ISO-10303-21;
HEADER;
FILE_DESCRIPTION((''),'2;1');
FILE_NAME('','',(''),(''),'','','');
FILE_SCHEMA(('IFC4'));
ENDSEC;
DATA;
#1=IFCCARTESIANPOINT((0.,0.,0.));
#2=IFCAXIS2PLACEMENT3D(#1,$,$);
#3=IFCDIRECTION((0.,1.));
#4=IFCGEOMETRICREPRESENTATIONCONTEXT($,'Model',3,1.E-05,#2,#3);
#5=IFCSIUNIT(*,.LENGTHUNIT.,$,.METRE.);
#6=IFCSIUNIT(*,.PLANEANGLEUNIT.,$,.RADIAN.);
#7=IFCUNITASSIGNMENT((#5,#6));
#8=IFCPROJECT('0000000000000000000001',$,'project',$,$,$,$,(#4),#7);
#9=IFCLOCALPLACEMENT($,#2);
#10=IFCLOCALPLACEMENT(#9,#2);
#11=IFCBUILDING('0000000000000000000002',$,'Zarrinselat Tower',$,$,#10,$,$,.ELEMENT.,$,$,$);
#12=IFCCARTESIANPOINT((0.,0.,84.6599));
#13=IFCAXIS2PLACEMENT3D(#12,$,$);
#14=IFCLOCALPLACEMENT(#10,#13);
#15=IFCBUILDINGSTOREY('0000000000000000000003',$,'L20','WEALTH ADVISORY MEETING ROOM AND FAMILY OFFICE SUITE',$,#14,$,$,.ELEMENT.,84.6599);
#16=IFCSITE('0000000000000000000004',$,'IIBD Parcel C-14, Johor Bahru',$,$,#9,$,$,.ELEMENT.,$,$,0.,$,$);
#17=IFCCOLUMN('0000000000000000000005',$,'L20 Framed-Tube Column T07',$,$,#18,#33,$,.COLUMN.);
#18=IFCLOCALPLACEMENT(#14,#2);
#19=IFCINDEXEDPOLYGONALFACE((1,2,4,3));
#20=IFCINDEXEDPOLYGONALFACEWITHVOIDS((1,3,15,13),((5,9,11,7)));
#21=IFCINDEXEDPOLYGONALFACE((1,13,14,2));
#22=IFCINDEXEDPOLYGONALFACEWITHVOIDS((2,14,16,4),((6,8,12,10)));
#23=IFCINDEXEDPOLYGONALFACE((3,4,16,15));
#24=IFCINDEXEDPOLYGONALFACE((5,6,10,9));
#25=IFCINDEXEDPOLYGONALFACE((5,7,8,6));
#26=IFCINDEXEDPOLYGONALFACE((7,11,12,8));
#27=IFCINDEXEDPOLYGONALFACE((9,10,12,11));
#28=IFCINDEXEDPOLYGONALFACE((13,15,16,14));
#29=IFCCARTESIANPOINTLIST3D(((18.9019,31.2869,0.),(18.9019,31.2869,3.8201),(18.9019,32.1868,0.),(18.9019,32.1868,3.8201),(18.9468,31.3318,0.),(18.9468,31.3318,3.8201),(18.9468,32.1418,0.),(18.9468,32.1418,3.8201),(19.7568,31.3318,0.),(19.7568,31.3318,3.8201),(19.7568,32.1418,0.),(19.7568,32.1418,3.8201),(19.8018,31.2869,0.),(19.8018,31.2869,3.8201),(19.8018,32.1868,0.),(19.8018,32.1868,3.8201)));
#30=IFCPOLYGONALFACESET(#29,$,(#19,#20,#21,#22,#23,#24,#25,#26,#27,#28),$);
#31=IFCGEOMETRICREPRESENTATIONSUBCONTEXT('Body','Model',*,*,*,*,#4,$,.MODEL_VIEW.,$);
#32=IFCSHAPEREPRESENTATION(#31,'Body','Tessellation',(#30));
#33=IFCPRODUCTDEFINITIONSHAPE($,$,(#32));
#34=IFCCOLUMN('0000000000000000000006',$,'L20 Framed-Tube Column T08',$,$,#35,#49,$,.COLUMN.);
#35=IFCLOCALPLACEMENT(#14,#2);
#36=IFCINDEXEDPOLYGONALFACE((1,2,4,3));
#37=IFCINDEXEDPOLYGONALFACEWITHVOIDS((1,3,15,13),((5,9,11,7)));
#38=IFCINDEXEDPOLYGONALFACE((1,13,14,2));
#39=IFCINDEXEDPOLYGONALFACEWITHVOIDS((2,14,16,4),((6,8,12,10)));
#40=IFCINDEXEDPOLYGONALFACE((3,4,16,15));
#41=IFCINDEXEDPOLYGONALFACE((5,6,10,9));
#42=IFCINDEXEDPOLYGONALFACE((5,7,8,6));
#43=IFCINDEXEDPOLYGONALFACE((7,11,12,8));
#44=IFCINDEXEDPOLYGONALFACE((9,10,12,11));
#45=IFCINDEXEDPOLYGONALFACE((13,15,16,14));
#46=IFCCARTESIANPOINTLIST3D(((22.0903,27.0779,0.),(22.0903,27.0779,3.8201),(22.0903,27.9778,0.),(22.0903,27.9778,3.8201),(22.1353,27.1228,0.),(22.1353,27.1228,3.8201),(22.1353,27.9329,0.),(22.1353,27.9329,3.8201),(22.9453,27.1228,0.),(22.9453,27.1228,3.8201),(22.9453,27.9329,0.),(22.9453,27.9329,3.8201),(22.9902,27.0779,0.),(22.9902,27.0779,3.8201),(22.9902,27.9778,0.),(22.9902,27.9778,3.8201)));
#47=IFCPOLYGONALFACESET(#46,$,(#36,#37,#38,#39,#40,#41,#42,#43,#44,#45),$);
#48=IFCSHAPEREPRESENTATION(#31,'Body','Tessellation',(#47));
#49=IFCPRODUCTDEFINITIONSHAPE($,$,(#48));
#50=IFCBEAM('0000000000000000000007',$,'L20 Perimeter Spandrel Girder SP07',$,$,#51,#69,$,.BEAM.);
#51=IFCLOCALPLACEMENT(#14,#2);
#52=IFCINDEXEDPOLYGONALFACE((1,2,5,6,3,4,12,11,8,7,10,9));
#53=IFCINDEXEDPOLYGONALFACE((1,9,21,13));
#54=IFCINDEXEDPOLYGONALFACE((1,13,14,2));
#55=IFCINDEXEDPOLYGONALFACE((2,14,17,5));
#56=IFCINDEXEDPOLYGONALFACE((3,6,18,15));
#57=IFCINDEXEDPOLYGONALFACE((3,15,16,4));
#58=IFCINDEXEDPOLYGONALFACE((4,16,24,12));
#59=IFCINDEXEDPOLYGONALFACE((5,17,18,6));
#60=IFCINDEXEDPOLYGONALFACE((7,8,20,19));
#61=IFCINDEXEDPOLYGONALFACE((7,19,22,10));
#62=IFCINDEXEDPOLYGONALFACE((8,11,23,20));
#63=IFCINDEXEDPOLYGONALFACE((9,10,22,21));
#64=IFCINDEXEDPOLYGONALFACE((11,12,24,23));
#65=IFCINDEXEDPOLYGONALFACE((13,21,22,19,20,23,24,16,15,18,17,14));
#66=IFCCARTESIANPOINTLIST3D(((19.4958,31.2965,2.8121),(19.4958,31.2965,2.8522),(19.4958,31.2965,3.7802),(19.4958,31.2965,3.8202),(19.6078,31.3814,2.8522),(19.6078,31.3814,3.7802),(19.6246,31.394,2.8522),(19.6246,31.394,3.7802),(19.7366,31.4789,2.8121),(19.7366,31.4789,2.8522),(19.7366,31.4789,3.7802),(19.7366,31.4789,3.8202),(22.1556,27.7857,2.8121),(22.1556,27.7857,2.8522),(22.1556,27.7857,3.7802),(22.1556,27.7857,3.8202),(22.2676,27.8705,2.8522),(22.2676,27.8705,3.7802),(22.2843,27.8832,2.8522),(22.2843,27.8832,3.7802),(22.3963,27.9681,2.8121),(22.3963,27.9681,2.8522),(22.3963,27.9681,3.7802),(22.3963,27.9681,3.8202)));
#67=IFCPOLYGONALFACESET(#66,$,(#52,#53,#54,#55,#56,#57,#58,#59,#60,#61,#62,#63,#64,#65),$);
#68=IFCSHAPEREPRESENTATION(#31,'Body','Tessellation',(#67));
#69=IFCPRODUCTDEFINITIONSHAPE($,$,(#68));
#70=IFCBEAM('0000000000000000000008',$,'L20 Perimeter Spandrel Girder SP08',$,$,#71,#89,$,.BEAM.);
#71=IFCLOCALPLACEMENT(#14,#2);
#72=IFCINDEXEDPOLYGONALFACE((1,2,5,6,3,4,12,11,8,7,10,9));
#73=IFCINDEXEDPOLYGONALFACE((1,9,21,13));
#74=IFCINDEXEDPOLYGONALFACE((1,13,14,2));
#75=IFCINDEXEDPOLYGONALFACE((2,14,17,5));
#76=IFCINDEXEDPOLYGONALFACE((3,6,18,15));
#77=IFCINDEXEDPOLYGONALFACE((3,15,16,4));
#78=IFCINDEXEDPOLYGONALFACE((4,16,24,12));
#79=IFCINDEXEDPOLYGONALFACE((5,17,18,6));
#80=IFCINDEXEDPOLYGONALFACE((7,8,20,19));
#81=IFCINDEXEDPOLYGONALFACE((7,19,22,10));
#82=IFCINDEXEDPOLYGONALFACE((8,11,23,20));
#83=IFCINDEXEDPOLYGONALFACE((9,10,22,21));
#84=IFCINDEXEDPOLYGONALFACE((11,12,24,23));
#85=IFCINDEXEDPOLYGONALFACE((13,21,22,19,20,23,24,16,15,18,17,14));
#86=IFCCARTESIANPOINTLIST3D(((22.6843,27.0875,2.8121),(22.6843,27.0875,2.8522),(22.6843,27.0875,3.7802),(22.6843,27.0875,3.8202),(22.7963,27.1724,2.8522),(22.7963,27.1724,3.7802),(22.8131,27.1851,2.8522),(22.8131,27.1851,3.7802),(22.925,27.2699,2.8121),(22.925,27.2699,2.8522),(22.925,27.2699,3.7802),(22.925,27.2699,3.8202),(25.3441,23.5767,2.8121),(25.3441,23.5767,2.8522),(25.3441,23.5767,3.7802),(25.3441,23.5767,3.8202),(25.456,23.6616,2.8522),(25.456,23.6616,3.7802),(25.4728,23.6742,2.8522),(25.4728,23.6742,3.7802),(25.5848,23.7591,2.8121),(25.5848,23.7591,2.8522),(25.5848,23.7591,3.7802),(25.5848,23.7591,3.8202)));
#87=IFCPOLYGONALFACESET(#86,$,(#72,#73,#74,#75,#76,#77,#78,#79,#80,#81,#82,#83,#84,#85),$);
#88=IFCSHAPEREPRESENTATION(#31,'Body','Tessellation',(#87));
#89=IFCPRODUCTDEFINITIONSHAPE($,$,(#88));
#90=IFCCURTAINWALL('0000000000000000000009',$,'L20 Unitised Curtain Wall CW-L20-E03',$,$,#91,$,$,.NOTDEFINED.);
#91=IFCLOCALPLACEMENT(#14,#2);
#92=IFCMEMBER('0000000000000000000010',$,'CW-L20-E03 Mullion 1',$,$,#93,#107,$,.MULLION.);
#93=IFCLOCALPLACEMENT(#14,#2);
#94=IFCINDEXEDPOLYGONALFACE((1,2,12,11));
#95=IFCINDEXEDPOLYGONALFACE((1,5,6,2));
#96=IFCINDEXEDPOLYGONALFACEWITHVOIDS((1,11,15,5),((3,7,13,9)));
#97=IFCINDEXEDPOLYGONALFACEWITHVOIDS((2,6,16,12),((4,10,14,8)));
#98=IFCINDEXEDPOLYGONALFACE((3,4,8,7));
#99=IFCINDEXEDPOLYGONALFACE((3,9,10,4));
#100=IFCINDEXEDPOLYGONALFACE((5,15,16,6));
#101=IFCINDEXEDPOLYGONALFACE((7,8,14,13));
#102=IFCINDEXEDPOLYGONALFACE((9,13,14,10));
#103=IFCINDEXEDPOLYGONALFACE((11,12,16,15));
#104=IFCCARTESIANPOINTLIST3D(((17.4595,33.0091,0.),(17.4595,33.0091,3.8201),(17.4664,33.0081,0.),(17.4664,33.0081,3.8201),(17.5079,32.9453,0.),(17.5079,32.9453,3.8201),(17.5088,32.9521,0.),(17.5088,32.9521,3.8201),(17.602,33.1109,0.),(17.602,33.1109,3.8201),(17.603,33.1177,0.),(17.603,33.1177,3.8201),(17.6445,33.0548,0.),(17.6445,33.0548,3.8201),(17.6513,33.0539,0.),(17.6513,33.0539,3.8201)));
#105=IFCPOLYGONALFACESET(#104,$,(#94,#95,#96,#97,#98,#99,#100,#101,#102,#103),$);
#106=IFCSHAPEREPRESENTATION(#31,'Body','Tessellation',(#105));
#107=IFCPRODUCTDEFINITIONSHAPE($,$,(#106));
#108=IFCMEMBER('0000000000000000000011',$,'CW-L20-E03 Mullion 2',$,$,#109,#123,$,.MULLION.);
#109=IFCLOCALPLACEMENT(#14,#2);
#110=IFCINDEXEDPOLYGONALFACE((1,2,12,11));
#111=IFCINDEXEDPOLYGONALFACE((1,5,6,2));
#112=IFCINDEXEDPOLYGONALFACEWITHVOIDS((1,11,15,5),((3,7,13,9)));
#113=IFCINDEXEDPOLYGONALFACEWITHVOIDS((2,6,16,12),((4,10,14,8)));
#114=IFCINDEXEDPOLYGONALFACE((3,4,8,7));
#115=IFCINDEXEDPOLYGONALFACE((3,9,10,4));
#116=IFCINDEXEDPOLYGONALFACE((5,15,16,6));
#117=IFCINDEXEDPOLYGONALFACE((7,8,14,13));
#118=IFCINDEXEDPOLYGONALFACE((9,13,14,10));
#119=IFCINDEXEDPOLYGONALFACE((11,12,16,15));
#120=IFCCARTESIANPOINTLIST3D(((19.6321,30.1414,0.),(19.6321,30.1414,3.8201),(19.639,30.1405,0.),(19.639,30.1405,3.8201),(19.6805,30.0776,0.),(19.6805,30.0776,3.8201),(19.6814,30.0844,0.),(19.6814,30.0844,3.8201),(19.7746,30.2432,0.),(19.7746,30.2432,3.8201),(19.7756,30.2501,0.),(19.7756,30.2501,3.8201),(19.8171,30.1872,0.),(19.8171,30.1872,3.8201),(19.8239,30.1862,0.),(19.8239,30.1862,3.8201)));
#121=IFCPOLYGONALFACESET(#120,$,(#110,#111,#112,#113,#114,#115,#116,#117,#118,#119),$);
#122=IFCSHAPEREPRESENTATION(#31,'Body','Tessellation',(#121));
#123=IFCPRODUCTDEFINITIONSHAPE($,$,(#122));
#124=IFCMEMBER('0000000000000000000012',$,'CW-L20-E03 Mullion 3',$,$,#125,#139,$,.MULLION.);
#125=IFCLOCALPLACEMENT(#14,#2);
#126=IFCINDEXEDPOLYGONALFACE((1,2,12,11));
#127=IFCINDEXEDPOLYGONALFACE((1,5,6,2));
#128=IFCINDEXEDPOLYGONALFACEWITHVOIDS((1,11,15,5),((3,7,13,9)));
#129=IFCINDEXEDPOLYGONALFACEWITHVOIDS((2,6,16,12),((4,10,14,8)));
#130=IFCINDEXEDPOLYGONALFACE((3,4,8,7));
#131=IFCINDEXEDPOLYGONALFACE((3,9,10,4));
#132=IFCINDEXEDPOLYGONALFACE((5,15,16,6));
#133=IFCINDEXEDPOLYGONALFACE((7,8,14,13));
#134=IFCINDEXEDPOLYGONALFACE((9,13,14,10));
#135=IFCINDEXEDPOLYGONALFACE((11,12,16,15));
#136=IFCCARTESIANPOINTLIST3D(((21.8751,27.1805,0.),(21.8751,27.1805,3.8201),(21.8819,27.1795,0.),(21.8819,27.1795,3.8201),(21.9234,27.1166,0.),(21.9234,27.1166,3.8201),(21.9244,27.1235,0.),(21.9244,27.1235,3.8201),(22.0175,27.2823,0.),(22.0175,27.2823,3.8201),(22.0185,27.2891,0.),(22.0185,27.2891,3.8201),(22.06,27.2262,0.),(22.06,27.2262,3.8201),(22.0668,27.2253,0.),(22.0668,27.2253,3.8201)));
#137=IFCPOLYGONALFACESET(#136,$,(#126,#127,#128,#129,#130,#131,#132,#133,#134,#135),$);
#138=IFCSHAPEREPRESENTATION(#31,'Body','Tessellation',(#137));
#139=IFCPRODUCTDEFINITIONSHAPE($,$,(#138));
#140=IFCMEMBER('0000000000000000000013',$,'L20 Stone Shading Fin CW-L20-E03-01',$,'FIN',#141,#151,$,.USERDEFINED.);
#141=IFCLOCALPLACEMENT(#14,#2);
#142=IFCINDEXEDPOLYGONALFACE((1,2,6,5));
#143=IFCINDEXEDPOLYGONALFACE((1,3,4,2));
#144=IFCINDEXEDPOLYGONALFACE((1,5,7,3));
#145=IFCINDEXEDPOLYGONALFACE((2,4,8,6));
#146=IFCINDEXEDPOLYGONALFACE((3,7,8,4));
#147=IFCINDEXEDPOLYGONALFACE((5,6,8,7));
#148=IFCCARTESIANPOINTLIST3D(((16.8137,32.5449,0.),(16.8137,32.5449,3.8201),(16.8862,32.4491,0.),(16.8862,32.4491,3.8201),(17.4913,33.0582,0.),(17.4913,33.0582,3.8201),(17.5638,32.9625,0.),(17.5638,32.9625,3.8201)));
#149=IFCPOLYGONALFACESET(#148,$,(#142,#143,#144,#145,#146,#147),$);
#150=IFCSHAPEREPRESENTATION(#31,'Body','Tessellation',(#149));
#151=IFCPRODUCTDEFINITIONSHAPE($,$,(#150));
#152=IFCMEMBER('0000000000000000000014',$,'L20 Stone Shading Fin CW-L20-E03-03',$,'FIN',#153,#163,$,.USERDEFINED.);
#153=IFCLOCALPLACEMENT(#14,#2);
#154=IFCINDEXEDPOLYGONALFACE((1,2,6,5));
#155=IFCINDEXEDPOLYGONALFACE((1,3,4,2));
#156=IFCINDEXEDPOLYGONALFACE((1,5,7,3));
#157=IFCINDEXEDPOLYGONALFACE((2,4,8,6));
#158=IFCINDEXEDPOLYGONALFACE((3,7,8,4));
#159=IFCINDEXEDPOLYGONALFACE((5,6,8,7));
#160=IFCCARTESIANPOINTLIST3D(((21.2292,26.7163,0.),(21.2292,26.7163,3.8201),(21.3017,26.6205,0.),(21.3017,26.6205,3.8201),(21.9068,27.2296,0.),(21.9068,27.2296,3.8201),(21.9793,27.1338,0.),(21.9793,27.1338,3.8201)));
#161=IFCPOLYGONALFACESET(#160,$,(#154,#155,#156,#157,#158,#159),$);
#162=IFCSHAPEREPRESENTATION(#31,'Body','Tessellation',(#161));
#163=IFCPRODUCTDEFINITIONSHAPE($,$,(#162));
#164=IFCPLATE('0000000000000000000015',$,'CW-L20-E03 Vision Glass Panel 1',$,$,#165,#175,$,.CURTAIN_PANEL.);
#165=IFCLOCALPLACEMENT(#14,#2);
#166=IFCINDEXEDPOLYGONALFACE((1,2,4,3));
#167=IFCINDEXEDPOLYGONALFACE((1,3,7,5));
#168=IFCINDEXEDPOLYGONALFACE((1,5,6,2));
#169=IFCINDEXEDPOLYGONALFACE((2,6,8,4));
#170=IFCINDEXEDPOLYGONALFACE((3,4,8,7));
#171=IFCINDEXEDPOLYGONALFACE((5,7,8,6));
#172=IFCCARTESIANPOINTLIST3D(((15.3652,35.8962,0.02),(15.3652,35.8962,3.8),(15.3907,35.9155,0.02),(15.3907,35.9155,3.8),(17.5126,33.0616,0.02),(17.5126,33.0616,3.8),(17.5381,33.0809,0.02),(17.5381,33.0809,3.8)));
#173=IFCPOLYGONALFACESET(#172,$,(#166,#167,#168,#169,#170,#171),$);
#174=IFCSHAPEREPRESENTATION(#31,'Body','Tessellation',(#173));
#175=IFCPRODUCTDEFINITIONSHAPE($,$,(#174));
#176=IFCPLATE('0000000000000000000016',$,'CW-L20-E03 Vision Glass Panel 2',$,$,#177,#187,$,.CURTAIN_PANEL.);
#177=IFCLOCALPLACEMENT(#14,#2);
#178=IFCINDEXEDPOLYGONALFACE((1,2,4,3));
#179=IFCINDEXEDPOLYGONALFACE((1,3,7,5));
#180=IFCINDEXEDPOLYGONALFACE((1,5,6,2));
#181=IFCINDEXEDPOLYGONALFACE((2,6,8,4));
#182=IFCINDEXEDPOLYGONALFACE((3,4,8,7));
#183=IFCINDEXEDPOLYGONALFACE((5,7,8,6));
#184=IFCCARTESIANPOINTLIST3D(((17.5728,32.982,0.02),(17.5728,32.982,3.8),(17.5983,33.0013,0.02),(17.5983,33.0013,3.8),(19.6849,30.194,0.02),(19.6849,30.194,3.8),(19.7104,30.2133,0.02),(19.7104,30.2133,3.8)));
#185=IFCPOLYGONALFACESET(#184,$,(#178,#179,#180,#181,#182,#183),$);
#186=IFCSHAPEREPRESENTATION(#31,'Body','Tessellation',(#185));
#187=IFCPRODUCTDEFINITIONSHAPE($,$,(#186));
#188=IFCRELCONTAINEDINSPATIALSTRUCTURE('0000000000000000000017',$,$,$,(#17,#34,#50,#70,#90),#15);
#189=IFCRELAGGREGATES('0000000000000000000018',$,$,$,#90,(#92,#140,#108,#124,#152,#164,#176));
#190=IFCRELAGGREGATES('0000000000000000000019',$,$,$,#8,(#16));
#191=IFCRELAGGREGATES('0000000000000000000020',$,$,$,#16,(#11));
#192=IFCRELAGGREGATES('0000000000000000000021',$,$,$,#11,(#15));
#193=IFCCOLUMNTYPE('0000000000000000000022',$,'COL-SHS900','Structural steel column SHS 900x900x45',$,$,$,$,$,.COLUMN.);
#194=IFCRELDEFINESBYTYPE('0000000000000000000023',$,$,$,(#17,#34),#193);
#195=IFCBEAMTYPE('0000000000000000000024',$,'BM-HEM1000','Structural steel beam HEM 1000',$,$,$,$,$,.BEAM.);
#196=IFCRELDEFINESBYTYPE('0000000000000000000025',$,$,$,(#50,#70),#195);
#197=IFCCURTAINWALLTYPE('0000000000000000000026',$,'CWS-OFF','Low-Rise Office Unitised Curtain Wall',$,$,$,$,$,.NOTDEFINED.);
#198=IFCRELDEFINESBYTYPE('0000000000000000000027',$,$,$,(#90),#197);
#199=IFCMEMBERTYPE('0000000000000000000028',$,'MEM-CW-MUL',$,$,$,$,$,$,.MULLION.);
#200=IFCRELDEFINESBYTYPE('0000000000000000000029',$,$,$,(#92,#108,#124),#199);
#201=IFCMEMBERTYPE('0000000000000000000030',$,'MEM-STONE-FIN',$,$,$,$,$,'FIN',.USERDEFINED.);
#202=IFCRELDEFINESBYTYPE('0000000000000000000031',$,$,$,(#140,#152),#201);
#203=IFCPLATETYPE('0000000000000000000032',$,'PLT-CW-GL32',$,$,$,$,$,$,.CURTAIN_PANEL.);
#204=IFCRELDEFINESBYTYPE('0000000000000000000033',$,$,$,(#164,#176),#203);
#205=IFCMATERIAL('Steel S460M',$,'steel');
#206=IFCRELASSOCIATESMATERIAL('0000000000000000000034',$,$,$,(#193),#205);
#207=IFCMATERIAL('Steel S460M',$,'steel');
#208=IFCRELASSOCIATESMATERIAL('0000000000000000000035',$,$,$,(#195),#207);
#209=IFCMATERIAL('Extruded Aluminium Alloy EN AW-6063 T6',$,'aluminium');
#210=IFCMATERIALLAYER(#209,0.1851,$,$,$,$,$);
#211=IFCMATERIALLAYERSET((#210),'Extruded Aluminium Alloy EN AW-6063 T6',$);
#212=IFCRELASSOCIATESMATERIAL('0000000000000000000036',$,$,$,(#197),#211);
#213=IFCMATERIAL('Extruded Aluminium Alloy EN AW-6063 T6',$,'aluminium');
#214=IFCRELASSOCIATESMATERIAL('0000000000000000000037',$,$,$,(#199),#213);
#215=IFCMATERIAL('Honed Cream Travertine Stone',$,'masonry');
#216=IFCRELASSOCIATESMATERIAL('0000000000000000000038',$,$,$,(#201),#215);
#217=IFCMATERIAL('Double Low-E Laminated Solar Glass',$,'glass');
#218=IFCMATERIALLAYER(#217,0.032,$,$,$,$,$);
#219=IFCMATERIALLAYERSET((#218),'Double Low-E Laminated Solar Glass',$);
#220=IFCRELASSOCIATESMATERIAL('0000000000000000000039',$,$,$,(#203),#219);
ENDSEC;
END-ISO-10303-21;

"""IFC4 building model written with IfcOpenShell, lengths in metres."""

from ifc_helpers import new_model, si_unit, direction, frame, origin, origin_2d, place, context, subcontext, project, spatial, rectangle, hollow_rectangle, i_section, extrude, material, layer, layer_set, material_profile, profile_set, type_object, element, aggregate, save


model = new_model("IFC4")

# Units and contexts
model_context = context("Model", 3, precision=1e-05, world=origin(), true_north=direction((0.0, 1.0)))
body_context = subcontext(model_context, "Body", "Model", "MODEL_VIEW")
ifc_project = project(units=[si_unit("LENGTHUNIT", "METRE"), si_unit("PLANEANGLEUNIT", "RADIAN")], contexts=[model_context])

# Site, building, storey
site_placement = place(None, origin())
site = spatial("IfcSite", under=ifc_project, at=site_placement, Name="IIBD Parcel C-14, Johor Bahru", CompositionType="ELEMENT", RefElevation=0.0)
building_placement = place(site_placement, origin())
building = spatial("IfcBuilding", under=site, at=building_placement, Name="Zarrinselat Tower", CompositionType="ELEMENT")
storey_placement = place(building_placement, frame((0.0, 0.0, 84.6599)))
storey = spatial("IfcBuildingStorey", under=building, at=storey_placement, Name="L20", Description="WEALTH ADVISORY MEETING ROOM AND FAMILY OFFICE SUITE", CompositionType="ELEMENT", Elevation=84.6599)

# Columns
ifc_material_1 = material(Name="Steel S460M", Category="steel")
ifc_material_profile_1 = material_profile(ifc_material_1, hollow_rectangle(XDim=0.8999, YDim=0.8999, WallThickness=0.0449, at=origin_2d()), Name="SHS 900x900x45")
ifc_profile_set_1 = profile_set([ifc_material_profile_1], Name="Steel S460M")
column_type = type_object("IfcColumnType", Name="COL-SHS900", Description="Structural steel column SHS 900x900x45", PredefinedType="COLUMN", material=ifc_profile_set_1)
for number, where, z_axis, x_axis, name in (
    (1, (19.3518, 31.7368, 0.0), (0.0, 0.0, 1.0), (1.0, 0.0, 0.0), "L20 Framed-Tube Column T07"),
    (2, (22.5403, 27.5278, 0.0), (0.0, 0.0, 1.0), (1.0, 0.0, 0.0), "L20 Framed-Tube Column T08"),
):
    element("IfcColumn", number, at=place(storey_placement, frame(where, z_axis=z_axis, x_axis=x_axis)), inside=storey, type_object=column_type, Name=name, PredefinedType="COLUMN", context=body_context, shape_type="SweptSolid", body=[
        extrude(hollow_rectangle(XDim=0.8999, YDim=0.8999, WallThickness=0.0449, at=origin_2d()), origin(), (0.0, 0.0, 1.0), 3.8201),
    ])

# Beams
ifc_material_2 = material(Name="Steel S460M", Category="steel")
ifc_material_profile_2 = material_profile(ifc_material_2, i_section(OverallWidth=0.302, OverallDepth=1.0081, WebThickness=0.021, FlangeThickness=0.04, at=origin_2d()), Name="HEM 1000")
ifc_profile_set_2 = profile_set([ifc_material_profile_2], Name="Steel S460M")
beam_type = type_object("IfcBeamType", Name="BM-HEM1000", Description="Structural steel beam HEM 1000", PredefinedType="BEAM", material=ifc_profile_set_2)
for number, where, z_axis, x_axis, name in (
    (3, (19.6162, 31.3877, 3.3162), (0.60386, -0.797091, 0.0), (0.797091, 0.60386, 0.0), "L20 Perimeter Spandrel Girder SP07"),
    (4, (22.8047, 27.1787, 3.3162), (0.60386, -0.797091, 0.0), (0.797091, 0.60386, 0.0), "L20 Perimeter Spandrel Girder SP08"),
):
    element("IfcBeam", number, at=place(storey_placement, frame(where, z_axis=z_axis, x_axis=x_axis)), inside=storey, type_object=beam_type, Name=name, PredefinedType="BEAM", context=body_context, shape_type="SweptSolid", body=[
        extrude(i_section(OverallWidth=0.302, OverallDepth=1.0081, WebThickness=0.021, FlangeThickness=0.04, at=origin_2d()), origin(), (0.0, 0.0, 1.0), 4.4045),
    ])

# Curtain wall, members, plates
ifc_material_3 = material(Name="Extruded Aluminium Alloy EN AW-6063 T6", Category="aluminium")
ifc_layer_1 = layer(ifc_material_3, 0.1851)
ifc_layer_set_1 = layer_set([ifc_layer_1], Name="Extruded Aluminium Alloy EN AW-6063 T6")
curtain_wall_type = type_object("IfcCurtainWallType", Name="CWS-OFF", Description="Low-Rise Office Unitised Curtain Wall", PredefinedType="NOTDEFINED", material=ifc_layer_set_1)
curtain_wall_placement = place(storey_placement, origin())
curtain_wall = element("IfcCurtainWall", 5, at=curtain_wall_placement, inside=storey, type_object=curtain_wall_type, Name="L20 Unitised Curtain Wall CW-L20-E03", PredefinedType="NOTDEFINED")
ifc_material_4 = material(Name="Extruded Aluminium Alloy EN AW-6063 T6", Category="aluminium")
ifc_material_profile_3 = material_profile(ifc_material_4, hollow_rectangle(XDim=0.0801, YDim=0.1799, WallThickness=0.0049, at=origin_2d()), Name="RHS 180x80x5")
ifc_profile_set_3 = profile_set([ifc_material_profile_3], Name="Extruded Aluminium Alloy EN AW-6063 T6")
member_type_1 = type_object("IfcMemberType", Name="MEM-CW-MUL", PredefinedType="MULLION", material=ifc_profile_set_3)
member_1_placement = place(storey_placement, frame((17.5554, 33.0315, 0.0), z_axis=(0.0, 0.0, 1.0), x_axis=(0.603856, -0.797093, 0.0)))
member_1 = element("IfcMember", 6, at=member_1_placement, type_object=member_type_1, Name="CW-L20-E03 Mullion 1", PredefinedType="MULLION", context=body_context, shape_type="SweptSolid", body=[
    extrude(hollow_rectangle(XDim=0.0801, YDim=0.1799, WallThickness=0.0049, at=origin_2d()), origin(), (0.0, 0.0, 1.0), 3.8201),
])
member_2_placement = place(storey_placement, frame((19.728, 30.1638, 0.0), z_axis=(0.0, 0.0, 1.0), x_axis=(0.603856, -0.797093, 0.0)))
member_2 = element("IfcMember", 7, at=member_2_placement, type_object=member_type_1, Name="CW-L20-E03 Mullion 2", PredefinedType="MULLION", context=body_context, shape_type="SweptSolid", body=[
    extrude(hollow_rectangle(XDim=0.0801, YDim=0.1799, WallThickness=0.0049, at=origin_2d()), origin(), (0.0, 0.0, 1.0), 3.8201),
])
member_3_placement = place(storey_placement, frame((21.9709, 27.2029, 0.0), z_axis=(0.0, 0.0, 1.0), x_axis=(0.603856, -0.797093, 0.0)))
member_3 = element("IfcMember", 8, at=member_3_placement, type_object=member_type_1, Name="CW-L20-E03 Mullion 3", PredefinedType="MULLION", context=body_context, shape_type="SweptSolid", body=[
    extrude(hollow_rectangle(XDim=0.0801, YDim=0.1799, WallThickness=0.0049, at=origin_2d()), origin(), (0.0, 0.0, 1.0), 3.8201),
])
ifc_material_5 = material(Name="Honed Cream Travertine Stone", Category="masonry")
ifc_material_profile_4 = material_profile(ifc_material_5, rectangle(XDim=0.1201, YDim=0.8501, at=origin_2d()), Name="FIN 850x120")
ifc_profile_set_4 = profile_set([ifc_material_profile_4], Name="Honed Cream Travertine Stone")
member_type_2 = type_object("IfcMemberType", Name="MEM-STONE-FIN", ElementType="FIN", PredefinedType="USERDEFINED", material=ifc_profile_set_4)
member_4_placement = place(storey_placement, frame((17.1887, 32.7537, 0.0), z_axis=(0.0, 0.0, 1.0), x_axis=(-0.603856, 0.797093, 0.0)))
member_4 = element("IfcMember", 9, at=member_4_placement, type_object=member_type_2, Name="L20 Stone Shading Fin CW-L20-E03-01", ObjectType="FIN", PredefinedType="USERDEFINED", context=body_context, shape_type="SweptSolid", body=[
    extrude(rectangle(XDim=0.1201, YDim=0.8501, at=origin_2d()), origin(), (0.0, 0.0, 1.0), 3.8201),
])
member_5_placement = place(storey_placement, frame((21.6042, 26.925, 0.0), z_axis=(0.0, 0.0, 1.0), x_axis=(-0.603856, 0.797093, 0.0)))
member_5 = element("IfcMember", 10, at=member_5_placement, type_object=member_type_2, Name="L20 Stone Shading Fin CW-L20-E03-03", ObjectType="FIN", PredefinedType="USERDEFINED", context=body_context, shape_type="SweptSolid", body=[
    extrude(rectangle(XDim=0.1201, YDim=0.8501, at=origin_2d()), origin(), (0.0, 0.0, 1.0), 3.8201),
])
ifc_material_6 = material(Name="Double Low-E Laminated Solar Glass", Category="glass")
ifc_layer_2 = layer(ifc_material_6, 0.032)
ifc_layer_set_2 = layer_set([ifc_layer_2], Name="Double Low-E Laminated Solar Glass")
plate_type = type_object("IfcPlateType", Name="PLT-CW-GL32", PredefinedType="CURTAIN_PANEL", material=ifc_layer_set_2)
plate_1_placement = place(storey_placement, frame((16.4517, 34.4885, 0.02), z_axis=(0.0, 0.0, 1.0), x_axis=(0.603856, -0.797093, 0.0)))
plate_1 = element("IfcPlate", 11, at=plate_1_placement, type_object=plate_type, Name="CW-L20-E03 Vision Glass Panel 1", PredefinedType="CURTAIN_PANEL", context=body_context, shape_type="SweptSolid", body=[
    extrude(rectangle(XDim=3.5562, YDim=0.032, at=origin_2d()), origin(), (0.0, 0.0, 1.0), 3.78),
])
plate_2_placement = place(storey_placement, frame((18.6416, 31.5977, 0.02), z_axis=(0.0, 0.0, 1.0), x_axis=(0.603856, -0.797093, 0.0)))
plate_2 = element("IfcPlate", 12, at=plate_2_placement, type_object=plate_type, Name="CW-L20-E03 Vision Glass Panel 2", PredefinedType="CURTAIN_PANEL", context=body_context, shape_type="SweptSolid", body=[
    extrude(rectangle(XDim=3.4978, YDim=0.032, at=origin_2d()), origin(), (0.0, 0.0, 1.0), 3.78),
])
aggregate(curtain_wall, [member_1, member_4, member_2, member_3, member_5, plate_1, plate_2])

save(model, "model.ifc")
